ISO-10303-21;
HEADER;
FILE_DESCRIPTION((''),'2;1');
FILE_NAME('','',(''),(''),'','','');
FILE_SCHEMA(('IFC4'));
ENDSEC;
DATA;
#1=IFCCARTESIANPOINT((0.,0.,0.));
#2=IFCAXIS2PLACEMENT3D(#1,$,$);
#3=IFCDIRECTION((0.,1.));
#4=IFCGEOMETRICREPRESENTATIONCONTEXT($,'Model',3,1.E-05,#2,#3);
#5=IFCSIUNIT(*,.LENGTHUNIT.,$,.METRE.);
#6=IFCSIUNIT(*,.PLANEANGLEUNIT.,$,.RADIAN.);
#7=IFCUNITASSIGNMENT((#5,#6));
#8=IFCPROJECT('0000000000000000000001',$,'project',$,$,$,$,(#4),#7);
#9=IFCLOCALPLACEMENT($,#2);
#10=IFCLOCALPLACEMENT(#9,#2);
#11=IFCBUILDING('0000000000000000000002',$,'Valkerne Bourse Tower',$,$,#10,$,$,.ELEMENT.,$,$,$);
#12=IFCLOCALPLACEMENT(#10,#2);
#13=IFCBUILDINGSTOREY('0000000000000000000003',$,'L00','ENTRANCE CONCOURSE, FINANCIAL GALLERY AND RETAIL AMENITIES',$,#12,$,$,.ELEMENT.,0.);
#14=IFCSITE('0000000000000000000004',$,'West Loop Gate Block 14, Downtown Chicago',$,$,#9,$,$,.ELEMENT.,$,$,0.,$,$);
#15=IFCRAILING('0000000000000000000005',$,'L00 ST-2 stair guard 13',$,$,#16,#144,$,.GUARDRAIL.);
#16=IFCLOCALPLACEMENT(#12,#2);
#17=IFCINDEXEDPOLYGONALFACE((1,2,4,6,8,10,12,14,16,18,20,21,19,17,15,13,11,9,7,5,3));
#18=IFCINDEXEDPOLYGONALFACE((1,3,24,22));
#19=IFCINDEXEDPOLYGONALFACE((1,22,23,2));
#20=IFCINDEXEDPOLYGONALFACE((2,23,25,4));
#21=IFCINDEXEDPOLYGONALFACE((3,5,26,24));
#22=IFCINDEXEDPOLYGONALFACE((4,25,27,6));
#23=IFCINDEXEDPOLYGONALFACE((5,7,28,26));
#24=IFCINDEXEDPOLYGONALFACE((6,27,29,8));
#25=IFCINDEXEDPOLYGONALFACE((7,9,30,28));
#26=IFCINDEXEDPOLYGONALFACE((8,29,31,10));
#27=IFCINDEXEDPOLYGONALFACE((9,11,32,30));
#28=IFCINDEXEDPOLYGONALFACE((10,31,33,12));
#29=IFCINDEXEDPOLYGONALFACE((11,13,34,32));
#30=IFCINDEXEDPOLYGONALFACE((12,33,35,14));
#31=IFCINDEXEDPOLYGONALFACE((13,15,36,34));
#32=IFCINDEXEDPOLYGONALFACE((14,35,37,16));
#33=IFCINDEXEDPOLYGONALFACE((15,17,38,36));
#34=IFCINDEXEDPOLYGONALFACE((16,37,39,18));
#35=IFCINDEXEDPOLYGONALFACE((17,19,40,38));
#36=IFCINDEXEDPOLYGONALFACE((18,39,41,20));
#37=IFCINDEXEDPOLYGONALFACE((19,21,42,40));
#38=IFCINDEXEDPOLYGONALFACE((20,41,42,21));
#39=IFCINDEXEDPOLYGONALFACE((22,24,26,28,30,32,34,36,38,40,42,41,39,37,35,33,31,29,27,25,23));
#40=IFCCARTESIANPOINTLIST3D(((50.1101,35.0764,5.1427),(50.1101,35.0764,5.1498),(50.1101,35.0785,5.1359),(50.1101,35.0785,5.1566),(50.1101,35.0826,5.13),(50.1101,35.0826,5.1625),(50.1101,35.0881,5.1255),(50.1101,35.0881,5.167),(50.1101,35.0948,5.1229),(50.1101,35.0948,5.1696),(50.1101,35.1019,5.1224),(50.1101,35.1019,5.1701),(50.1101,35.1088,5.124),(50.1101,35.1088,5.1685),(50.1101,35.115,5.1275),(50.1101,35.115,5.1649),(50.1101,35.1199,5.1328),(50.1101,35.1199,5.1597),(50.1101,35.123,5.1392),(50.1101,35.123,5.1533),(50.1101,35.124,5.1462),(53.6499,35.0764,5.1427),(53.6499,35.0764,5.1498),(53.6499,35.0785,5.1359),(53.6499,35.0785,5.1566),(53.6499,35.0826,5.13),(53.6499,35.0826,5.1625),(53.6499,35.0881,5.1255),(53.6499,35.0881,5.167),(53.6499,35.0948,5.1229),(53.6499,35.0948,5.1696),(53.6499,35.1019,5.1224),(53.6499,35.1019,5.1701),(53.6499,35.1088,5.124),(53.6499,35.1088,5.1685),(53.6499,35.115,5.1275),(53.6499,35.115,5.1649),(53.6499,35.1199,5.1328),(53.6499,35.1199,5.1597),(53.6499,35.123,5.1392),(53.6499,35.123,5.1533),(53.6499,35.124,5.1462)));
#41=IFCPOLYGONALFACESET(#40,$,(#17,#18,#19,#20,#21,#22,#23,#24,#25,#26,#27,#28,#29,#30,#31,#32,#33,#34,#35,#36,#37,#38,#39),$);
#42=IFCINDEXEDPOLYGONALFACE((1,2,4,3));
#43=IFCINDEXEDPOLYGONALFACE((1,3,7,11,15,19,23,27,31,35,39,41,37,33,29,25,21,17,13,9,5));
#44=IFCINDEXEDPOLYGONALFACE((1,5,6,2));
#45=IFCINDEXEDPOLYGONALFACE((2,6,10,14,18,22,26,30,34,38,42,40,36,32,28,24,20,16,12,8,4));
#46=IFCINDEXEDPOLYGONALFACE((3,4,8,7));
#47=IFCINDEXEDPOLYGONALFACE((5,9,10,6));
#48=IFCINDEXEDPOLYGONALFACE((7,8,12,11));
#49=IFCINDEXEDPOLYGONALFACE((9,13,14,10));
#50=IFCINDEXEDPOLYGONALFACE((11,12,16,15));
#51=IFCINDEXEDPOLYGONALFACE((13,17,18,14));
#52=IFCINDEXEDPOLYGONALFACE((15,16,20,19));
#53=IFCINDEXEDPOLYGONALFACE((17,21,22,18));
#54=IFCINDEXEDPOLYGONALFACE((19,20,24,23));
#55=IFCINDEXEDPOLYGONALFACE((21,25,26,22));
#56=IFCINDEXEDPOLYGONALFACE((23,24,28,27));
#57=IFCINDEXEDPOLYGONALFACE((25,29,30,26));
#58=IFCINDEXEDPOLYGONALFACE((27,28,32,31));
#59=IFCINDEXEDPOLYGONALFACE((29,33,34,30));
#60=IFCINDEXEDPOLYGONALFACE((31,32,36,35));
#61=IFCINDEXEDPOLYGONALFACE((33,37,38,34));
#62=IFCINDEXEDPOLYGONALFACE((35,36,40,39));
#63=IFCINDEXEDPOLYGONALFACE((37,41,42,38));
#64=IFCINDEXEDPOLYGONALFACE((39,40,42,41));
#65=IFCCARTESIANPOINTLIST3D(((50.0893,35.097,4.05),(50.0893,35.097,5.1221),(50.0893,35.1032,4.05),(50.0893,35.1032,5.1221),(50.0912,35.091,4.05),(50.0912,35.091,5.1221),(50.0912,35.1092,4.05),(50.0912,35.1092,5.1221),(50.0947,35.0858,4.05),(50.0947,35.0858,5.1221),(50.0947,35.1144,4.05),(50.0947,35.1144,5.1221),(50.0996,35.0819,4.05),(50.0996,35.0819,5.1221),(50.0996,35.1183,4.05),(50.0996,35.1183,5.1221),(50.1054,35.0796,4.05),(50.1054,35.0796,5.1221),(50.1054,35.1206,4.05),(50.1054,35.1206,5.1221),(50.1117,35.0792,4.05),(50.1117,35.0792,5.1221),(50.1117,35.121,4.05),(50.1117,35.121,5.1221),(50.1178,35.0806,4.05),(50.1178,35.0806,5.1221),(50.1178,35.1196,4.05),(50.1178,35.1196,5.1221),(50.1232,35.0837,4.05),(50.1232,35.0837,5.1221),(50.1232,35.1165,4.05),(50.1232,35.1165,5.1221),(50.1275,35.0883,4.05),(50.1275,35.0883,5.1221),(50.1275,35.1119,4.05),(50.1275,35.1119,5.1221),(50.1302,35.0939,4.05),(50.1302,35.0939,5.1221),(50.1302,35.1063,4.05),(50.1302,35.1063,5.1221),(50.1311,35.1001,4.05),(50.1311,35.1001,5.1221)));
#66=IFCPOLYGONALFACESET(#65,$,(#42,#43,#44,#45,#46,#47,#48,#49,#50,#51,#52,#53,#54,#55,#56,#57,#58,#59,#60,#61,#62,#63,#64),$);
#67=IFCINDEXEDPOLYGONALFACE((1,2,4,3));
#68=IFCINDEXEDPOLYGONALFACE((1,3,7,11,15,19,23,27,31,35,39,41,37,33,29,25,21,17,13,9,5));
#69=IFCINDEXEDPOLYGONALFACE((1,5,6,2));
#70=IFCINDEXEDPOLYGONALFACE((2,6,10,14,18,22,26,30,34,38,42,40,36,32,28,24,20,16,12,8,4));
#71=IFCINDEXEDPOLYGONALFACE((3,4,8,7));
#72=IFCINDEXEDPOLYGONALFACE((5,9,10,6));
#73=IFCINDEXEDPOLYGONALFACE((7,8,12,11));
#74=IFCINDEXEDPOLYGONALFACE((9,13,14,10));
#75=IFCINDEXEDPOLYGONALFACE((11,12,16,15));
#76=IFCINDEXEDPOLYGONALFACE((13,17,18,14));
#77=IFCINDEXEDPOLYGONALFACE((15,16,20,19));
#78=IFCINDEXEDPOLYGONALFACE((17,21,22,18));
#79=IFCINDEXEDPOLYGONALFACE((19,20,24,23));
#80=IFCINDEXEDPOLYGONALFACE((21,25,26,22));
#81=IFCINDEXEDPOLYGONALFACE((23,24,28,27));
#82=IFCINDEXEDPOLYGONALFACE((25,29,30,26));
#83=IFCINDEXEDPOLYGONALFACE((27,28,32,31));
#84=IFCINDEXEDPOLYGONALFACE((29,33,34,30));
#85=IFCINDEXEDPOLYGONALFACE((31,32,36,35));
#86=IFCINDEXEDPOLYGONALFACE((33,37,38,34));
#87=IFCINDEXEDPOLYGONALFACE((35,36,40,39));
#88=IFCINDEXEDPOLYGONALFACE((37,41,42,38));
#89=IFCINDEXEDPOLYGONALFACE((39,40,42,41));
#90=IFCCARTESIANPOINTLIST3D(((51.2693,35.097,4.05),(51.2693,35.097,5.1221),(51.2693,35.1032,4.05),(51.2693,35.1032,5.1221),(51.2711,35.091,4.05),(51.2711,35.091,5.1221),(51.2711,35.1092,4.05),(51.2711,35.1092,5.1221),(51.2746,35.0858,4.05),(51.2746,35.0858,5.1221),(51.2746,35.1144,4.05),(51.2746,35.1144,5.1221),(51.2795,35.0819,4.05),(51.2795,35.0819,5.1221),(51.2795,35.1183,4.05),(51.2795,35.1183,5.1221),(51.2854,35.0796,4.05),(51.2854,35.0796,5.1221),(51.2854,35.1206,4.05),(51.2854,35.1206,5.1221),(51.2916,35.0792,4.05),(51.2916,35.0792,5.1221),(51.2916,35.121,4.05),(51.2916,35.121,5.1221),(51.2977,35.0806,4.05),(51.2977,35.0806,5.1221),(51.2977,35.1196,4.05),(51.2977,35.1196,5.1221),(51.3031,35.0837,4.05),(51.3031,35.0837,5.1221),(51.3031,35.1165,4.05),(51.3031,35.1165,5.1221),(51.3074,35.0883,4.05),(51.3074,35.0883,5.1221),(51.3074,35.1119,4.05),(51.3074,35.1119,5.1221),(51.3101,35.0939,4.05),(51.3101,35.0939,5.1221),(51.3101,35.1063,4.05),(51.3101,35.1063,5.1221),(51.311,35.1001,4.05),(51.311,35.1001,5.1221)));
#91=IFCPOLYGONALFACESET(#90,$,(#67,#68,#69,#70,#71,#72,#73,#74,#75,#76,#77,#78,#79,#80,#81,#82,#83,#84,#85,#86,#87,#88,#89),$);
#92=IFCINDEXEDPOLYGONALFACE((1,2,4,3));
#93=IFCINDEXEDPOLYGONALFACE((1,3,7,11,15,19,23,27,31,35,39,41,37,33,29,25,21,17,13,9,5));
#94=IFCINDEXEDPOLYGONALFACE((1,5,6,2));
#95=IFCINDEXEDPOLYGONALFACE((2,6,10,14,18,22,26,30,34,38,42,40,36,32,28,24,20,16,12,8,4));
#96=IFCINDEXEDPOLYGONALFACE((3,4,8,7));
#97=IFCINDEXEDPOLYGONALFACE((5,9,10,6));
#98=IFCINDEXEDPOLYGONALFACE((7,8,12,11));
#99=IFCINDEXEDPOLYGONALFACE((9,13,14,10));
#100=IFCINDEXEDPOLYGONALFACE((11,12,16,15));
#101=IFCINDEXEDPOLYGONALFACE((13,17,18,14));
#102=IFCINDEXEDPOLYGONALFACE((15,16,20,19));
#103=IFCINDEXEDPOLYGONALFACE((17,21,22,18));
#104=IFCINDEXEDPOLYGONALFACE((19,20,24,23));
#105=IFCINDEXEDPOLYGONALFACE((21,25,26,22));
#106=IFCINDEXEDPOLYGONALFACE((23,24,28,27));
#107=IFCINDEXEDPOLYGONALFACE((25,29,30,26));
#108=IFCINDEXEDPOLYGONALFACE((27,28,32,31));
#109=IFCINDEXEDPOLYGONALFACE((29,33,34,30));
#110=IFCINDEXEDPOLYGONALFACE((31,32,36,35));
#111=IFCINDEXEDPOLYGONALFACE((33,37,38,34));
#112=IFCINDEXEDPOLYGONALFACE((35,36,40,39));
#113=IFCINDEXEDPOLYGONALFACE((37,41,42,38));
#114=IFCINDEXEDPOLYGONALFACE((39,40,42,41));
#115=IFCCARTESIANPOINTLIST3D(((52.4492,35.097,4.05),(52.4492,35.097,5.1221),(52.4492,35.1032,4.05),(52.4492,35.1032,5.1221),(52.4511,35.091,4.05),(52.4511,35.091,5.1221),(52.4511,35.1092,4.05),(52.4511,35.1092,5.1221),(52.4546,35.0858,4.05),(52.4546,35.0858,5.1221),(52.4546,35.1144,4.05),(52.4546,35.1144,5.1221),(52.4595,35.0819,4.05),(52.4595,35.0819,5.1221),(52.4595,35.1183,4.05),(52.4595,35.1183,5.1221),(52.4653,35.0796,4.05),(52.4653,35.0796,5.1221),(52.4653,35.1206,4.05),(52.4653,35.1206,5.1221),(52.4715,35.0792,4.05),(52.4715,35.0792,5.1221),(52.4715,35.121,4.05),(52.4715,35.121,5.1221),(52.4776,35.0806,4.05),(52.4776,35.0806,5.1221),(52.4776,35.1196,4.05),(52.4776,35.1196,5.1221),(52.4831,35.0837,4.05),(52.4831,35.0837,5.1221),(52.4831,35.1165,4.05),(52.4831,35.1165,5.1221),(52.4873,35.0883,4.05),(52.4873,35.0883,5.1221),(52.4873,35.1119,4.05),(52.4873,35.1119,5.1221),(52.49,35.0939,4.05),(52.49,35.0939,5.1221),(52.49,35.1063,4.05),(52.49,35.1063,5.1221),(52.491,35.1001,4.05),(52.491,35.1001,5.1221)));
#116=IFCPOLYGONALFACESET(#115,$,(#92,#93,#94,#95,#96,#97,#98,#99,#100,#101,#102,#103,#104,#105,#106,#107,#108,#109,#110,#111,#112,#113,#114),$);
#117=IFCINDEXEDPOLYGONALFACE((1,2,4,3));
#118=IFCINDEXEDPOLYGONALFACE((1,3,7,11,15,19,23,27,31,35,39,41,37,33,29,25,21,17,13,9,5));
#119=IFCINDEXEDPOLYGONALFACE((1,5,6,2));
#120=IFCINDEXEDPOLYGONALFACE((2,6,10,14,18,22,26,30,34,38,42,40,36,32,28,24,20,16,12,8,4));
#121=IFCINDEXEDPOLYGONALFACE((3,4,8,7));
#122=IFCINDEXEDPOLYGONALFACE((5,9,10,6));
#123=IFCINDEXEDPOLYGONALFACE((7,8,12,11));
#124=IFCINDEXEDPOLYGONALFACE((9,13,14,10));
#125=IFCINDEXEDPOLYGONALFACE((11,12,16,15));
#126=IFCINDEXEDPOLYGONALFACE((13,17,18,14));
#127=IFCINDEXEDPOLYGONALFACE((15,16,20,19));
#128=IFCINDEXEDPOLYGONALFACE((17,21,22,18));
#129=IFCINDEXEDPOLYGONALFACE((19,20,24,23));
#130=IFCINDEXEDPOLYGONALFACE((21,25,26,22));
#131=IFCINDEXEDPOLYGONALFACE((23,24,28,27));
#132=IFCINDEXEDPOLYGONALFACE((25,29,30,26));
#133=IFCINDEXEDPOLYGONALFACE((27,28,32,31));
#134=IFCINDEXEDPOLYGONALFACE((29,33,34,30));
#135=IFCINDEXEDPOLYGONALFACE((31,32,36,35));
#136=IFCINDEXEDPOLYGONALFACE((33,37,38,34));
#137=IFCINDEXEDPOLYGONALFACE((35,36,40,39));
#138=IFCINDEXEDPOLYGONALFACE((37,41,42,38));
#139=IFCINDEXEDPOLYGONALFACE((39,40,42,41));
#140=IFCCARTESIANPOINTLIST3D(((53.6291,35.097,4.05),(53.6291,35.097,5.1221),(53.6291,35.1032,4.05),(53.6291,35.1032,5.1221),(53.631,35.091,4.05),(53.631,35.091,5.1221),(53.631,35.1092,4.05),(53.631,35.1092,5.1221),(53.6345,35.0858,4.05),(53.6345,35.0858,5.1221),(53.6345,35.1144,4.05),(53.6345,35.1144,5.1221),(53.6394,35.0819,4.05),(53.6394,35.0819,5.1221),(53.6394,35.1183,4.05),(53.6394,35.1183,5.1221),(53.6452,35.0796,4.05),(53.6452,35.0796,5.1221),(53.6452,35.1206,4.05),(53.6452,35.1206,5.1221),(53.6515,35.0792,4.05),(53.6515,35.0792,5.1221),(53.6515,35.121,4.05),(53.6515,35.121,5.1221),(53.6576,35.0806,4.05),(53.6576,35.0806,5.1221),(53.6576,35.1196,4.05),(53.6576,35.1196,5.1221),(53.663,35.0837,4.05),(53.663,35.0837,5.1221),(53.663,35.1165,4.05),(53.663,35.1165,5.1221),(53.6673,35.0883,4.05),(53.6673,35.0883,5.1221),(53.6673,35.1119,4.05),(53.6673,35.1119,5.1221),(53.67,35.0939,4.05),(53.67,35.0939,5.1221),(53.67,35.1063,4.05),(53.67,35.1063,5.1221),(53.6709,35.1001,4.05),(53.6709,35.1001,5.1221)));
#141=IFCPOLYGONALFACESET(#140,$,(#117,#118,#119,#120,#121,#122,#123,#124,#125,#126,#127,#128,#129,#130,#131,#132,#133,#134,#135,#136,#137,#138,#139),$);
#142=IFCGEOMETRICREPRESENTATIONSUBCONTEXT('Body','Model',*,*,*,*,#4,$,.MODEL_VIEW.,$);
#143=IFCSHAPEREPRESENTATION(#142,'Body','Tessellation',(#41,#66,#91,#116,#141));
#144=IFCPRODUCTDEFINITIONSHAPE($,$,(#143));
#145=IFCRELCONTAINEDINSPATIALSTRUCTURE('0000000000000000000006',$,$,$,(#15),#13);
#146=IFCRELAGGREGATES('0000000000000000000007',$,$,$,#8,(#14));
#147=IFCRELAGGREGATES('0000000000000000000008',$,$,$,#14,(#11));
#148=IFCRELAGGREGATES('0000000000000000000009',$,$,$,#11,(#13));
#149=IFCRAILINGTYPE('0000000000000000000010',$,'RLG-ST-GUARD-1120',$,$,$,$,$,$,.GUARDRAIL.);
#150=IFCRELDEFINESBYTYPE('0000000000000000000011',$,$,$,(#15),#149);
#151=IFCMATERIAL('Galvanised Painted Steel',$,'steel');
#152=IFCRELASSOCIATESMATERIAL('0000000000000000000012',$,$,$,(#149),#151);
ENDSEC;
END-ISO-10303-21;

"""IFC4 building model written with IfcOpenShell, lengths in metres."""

from ifc_helpers import new_model, si_unit, direction, frame, origin, origin_2d, place, context, subcontext, project, spatial, circle, extrude, material, type_object, element, save


model = new_model("IFC4")

# Units and contexts
model_context = context("Model", 3, precision=1e-05, world=origin(), true_north=direction((0.0, 1.0)))
body_context = subcontext(model_context, "Body", "Model", "MODEL_VIEW")
ifc_project = project(units=[si_unit("LENGTHUNIT", "METRE"), si_unit("PLANEANGLEUNIT", "RADIAN")], contexts=[model_context])

# Site, building, storey
site_placement = place(None, origin())
site = spatial("IfcSite", under=ifc_project, at=site_placement, Name="West Loop Gate Block 14, Downtown Chicago", CompositionType="ELEMENT", RefElevation=0.0)
building_placement = place(site_placement, origin())
building = spatial("IfcBuilding", under=site, at=building_placement, Name="Valkerne Bourse Tower", CompositionType="ELEMENT")
storey_placement = place(building_placement, origin())
storey = spatial("IfcBuildingStorey", under=building, at=storey_placement, Name="L00", Description="ENTRANCE CONCOURSE, FINANCIAL GALLERY AND RETAIL AMENITIES", CompositionType="ELEMENT", Elevation=0.0)

# Railing
ifc_material_1 = material(Name="Galvanised Painted Steel", Category="steel")
railing_type_1 = type_object("IfcRailingType", Name="RLG-ST-GUARD-1120", PredefinedType="GUARDRAIL", material=ifc_material_1)
railing_1_placement = place(storey_placement, frame((50.1101, 35.1001, 4.05)))
element("IfcRailing", 1, at=railing_1_placement, inside=storey, type_object=railing_type_1, Name="L00 ST-2 stair guard 13", PredefinedType="GUARDRAIL", context=body_context, shape_type="SweptSolid", body=[
    extrude(circle(Radius=0.0239, at=origin_2d()), frame((0.0, 0.0, 1.0962), z_axis=(1.0, 0.0, 0.0), x_axis=(0.0, 1.0, 0.0)), (0.0, 0.0, 1.0), 3.5398),
    extrude(circle(Radius=0.021, at=origin_2d()), origin(), (0.0, 0.0, 1.0), 1.072),
    extrude(circle(Radius=0.021, at=origin_2d()), frame((1.1799, 0.0, 0.0)), (0.0, 0.0, 1.0), 1.072),
    extrude(circle(Radius=0.021, at=origin_2d()), frame((2.3599, 0.0, 0.0)), (0.0, 0.0, 1.0), 1.072),
    extrude(circle(Radius=0.021, at=origin_2d()), frame((3.5398, 0.0, 0.0)), (0.0, 0.0, 1.0), 1.072),
])

save(model, "model.ifc")
